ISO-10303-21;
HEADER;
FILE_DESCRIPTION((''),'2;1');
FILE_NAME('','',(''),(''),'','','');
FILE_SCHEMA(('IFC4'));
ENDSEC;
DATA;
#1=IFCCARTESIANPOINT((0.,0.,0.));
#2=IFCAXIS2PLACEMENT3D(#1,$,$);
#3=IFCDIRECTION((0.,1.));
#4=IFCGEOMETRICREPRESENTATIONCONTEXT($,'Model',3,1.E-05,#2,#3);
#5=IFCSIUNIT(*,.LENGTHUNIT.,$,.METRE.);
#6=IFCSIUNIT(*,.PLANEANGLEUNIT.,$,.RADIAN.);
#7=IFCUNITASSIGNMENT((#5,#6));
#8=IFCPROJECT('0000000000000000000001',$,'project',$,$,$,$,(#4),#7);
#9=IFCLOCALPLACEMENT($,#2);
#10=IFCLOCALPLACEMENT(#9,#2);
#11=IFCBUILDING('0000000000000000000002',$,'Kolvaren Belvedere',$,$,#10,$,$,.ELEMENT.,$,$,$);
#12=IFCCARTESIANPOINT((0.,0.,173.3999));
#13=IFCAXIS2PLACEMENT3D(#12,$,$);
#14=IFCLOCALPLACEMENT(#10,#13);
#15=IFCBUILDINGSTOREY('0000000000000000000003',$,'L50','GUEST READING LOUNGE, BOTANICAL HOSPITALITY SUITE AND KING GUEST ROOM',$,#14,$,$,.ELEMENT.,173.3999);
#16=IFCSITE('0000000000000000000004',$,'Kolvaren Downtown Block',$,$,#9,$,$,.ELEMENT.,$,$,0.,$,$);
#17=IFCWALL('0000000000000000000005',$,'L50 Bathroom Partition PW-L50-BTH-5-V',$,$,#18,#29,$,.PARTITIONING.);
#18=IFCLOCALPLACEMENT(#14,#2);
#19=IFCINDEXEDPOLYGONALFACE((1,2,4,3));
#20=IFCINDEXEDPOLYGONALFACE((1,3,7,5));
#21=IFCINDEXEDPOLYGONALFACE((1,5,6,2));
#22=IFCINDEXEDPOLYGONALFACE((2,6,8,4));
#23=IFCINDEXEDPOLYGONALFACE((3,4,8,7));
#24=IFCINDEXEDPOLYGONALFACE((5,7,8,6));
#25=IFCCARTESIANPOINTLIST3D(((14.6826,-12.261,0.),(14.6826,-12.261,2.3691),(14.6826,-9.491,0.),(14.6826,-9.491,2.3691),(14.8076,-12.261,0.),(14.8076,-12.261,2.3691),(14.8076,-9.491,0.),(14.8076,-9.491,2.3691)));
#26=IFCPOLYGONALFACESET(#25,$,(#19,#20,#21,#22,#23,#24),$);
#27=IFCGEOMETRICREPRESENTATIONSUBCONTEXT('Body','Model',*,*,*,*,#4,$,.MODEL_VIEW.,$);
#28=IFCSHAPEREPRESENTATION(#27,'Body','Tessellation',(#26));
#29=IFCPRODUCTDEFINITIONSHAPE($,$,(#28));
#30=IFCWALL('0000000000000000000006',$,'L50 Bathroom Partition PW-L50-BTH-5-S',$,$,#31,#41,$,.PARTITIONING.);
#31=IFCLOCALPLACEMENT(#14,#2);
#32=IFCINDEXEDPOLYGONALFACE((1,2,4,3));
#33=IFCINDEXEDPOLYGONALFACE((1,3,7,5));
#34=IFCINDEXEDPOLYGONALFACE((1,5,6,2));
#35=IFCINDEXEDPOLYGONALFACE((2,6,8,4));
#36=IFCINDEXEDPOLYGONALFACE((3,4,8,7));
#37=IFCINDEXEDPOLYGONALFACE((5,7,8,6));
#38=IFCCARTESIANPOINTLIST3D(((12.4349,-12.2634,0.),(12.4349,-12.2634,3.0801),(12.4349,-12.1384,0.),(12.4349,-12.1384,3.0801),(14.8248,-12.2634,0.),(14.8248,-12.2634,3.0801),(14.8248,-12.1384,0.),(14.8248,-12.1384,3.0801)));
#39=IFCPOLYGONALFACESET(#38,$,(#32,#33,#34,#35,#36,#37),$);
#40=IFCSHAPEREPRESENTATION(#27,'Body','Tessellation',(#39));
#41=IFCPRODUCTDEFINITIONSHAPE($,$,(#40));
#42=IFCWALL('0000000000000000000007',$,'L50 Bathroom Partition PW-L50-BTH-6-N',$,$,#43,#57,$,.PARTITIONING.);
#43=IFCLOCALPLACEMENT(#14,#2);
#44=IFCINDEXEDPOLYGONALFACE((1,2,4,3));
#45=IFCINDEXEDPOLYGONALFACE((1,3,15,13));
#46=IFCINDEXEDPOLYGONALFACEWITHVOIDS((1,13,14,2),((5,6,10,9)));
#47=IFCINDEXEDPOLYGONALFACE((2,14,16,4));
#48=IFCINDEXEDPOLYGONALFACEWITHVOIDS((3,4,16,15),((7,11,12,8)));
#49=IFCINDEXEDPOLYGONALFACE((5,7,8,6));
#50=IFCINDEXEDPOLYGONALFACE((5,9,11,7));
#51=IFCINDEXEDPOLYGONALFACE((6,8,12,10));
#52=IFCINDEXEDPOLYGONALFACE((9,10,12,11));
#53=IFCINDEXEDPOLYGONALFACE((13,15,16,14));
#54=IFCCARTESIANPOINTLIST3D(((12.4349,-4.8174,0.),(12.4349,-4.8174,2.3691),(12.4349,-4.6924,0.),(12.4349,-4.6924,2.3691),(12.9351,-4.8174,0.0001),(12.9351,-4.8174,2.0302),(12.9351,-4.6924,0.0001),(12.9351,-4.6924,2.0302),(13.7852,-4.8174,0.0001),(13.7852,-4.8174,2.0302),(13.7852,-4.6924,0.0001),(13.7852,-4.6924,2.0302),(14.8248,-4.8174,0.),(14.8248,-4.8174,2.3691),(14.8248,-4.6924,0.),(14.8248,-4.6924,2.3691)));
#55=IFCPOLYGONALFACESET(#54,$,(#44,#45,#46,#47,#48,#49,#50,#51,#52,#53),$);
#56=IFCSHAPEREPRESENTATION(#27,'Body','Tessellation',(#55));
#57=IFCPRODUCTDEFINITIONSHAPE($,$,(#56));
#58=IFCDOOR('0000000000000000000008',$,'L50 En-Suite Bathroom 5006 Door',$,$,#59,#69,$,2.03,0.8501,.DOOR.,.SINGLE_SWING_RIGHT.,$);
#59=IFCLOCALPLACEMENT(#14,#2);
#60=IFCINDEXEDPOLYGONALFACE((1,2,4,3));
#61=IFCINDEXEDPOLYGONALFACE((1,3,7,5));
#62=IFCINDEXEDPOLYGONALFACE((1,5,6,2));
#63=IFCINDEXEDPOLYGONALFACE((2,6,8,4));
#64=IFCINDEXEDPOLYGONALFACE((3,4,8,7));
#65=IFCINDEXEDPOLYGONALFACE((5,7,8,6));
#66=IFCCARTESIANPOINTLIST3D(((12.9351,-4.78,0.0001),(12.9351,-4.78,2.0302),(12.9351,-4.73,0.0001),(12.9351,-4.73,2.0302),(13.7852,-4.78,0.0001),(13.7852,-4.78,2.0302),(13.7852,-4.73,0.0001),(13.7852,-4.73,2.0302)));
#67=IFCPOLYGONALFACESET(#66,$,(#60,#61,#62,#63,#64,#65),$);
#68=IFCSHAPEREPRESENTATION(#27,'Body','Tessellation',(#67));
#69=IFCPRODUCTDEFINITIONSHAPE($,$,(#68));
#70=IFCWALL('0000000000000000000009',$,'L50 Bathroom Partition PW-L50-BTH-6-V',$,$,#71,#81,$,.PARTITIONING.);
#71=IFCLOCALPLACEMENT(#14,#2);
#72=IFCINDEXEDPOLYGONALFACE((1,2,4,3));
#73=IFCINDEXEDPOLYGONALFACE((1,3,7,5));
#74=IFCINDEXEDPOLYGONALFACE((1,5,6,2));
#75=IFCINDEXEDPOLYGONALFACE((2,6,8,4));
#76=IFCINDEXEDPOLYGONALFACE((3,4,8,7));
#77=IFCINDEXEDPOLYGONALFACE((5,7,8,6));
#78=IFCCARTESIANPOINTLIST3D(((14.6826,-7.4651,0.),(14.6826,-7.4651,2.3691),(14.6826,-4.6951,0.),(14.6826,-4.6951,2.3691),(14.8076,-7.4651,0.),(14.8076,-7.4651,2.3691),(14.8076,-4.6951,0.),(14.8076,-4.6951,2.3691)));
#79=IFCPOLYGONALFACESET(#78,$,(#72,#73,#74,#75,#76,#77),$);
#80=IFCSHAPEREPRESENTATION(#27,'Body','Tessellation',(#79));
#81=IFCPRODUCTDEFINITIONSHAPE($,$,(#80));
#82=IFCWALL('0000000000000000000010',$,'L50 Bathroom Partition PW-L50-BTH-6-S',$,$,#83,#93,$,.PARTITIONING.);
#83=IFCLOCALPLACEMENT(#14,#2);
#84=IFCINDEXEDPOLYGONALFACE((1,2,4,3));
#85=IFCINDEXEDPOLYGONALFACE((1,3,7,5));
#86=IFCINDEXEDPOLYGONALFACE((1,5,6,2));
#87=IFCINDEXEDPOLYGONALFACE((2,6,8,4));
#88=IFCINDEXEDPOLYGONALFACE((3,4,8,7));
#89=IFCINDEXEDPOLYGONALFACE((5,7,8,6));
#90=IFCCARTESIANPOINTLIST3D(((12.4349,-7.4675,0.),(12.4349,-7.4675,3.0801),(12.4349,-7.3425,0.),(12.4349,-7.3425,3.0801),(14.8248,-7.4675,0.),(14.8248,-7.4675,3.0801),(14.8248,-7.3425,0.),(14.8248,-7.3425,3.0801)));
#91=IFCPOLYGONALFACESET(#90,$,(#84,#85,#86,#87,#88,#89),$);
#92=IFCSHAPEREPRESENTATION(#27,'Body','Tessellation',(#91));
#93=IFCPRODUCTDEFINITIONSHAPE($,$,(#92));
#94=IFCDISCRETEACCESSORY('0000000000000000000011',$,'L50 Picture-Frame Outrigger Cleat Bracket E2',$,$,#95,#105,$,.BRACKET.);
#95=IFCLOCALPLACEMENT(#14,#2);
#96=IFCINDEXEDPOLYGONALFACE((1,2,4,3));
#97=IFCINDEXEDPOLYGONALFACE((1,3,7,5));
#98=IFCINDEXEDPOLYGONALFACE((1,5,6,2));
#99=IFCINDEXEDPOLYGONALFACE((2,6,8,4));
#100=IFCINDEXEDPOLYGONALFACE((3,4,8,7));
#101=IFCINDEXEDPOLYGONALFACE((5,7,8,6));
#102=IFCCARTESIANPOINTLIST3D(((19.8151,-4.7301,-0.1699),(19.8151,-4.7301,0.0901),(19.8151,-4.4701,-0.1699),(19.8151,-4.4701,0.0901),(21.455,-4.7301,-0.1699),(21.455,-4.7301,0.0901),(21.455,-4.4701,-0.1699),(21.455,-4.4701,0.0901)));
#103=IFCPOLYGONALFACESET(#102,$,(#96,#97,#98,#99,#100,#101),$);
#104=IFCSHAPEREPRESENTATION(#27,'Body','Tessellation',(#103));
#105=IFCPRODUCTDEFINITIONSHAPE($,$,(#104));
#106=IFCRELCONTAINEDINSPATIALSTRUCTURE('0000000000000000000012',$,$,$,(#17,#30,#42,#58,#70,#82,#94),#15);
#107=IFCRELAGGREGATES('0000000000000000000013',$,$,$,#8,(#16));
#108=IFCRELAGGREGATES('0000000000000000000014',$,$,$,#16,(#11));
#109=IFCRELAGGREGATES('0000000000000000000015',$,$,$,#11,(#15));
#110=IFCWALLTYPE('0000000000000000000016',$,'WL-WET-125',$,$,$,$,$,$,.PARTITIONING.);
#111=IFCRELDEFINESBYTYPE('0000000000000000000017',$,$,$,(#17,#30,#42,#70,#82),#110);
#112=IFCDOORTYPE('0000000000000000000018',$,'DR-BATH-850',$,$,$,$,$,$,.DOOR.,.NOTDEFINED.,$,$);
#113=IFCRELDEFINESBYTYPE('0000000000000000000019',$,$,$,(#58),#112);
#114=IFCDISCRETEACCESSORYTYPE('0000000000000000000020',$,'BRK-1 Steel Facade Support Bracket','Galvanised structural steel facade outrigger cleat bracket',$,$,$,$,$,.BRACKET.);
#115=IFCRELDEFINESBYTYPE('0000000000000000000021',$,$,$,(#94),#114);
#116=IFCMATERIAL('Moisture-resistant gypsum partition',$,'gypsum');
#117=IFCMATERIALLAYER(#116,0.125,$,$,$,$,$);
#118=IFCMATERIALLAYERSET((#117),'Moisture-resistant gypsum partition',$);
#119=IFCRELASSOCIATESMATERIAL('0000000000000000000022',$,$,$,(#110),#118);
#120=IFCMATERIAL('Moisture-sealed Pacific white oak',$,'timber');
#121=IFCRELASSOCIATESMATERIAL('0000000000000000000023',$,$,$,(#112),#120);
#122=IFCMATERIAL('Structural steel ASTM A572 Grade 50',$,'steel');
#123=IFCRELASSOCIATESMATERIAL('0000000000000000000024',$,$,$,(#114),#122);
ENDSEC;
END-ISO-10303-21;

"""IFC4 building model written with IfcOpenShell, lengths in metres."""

from ifc_helpers import new_model, si_unit, direction, frame, frame_2d, origin, origin_2d, place, context, subcontext, project, spatial, rectangle, extrude, material, layer, layer_set, type_object, element, fill, save


model = new_model("IFC4")

# Units and contexts
model_context = context("Model", 3, precision=1e-05, world=origin(), true_north=direction((0.0, 1.0)))
body_context = subcontext(model_context, "Body", "Model", "MODEL_VIEW")
ifc_project = project(units=[si_unit("LENGTHUNIT", "METRE"), si_unit("PLANEANGLEUNIT", "RADIAN")], contexts=[model_context])

# Site, building, storey
site_placement = place(None, origin())
site = spatial("IfcSite", under=ifc_project, at=site_placement, Name="Kolvaren Downtown Block", CompositionType="ELEMENT", RefElevation=0.0)
building_placement = place(site_placement, origin())
building = spatial("IfcBuilding", under=site, at=building_placement, Name="Kolvaren Belvedere", CompositionType="ELEMENT")
storey_placement = place(building_placement, frame((0.0, 0.0, 173.3999)))
storey = spatial("IfcBuildingStorey", under=building, at=storey_placement, Name="L50", Description="GUEST READING LOUNGE, BOTANICAL HOSPITALITY SUITE AND KING GUEST ROOM", CompositionType="ELEMENT", Elevation=173.3999)

# Shared definitions
ifc_material_1 = material(Name="Moisture-resistant gypsum partition", Category="gypsum")
ifc_layer_1 = layer(ifc_material_1, 0.125)
ifc_layer_set_1 = layer_set([ifc_layer_1], Name="Moisture-resistant gypsum partition")
wall_type_1 = type_object("IfcWallType", Name="WL-WET-125", PredefinedType="PARTITIONING", material=ifc_layer_set_1)
ifc_material_2 = material(Name="Moisture-sealed Pacific white oak", Category="timber")
door_type_1 = type_object("IfcDoorType", Name="DR-BATH-850", OperationType="NOTDEFINED", PredefinedType="DOOR", material=ifc_material_2)

# Walls
wall_1_placement = place(storey_placement, frame((14.7451, -12.261, 0.0), z_axis=(0.0, 0.0, 1.0), x_axis=(0.0, 1.0, 0.0)))
element("IfcWall", 1, at=wall_1_placement, inside=storey, type_object=wall_type_1, Name="L50 Bathroom Partition PW-L50-BTH-5-V", PredefinedType="PARTITIONING", context=body_context, shape_type="SweptSolid", body=[
    extrude(rectangle(XDim=2.77, YDim=0.125, at=frame_2d((1.385, 0.0))), origin(), (0.0, 0.0, 1.0), 2.3691),
])
wall_2_placement = place(storey_placement, frame((12.4351, -12.2009, 0.0), z_axis=(0.0, 0.0, 1.0), x_axis=(1.0, 0.0, 0.0)))
element("IfcWall", 2, at=wall_2_placement, inside=storey, type_object=wall_type_1, Name="L50 Bathroom Partition PW-L50-BTH-5-S", PredefinedType="PARTITIONING", context=body_context, shape_type="SweptSolid", body=[
    extrude(rectangle(XDim=2.3899, YDim=0.125, at=frame_2d((1.1948, 0.0))), origin(), (0.0, 0.0, 1.0), 3.0801),
])

# Wall, opening, door
wall_3_placement = place(storey_placement, frame((12.4351, -4.7549, 0.0), z_axis=(0.0, 0.0, 1.0), x_axis=(1.0, 0.0, 0.0)))
wall_3 = element("IfcWall", 3, at=wall_3_placement, inside=storey, type_object=wall_type_1, Name="L50 Bathroom Partition PW-L50-BTH-6-N", PredefinedType="PARTITIONING", context=body_context, shape_type="SweptSolid", body=[
    extrude(rectangle(XDim=2.3899, YDim=0.125, at=frame_2d((1.1948, 0.0))), origin(), (0.0, 0.0, 1.0), 2.3691),
])
opening_1_placement = place(wall_3_placement, frame((0.5, 0.0, 0.0)))
opening_1 = element("IfcOpeningElement", 4, at=opening_1_placement, cuts=wall_3, PredefinedType="OPENING", context=body_context, shape_type="SweptSolid", body=[
    extrude(rectangle(XDim=0.8501, YDim=2.03, at=frame_2d((0.425, 1.0151))), frame((0.0, 0.0725, 0.0), z_axis=(0.0, -1.0, 0.0), x_axis=(1.0, 0.0, 0.0)), (0.0, 0.0, 1.0), 0.145),
])
door_1_placement = place(opening_1_placement, origin())
door_1 = element("IfcDoor", 5, at=door_1_placement, inside=storey, type_object=door_type_1, Name="L50 En-Suite Bathroom 5006 Door", OperationType="SINGLE_SWING_RIGHT", OverallHeight=2.03, OverallWidth=0.8501, PredefinedType="DOOR", context=body_context, shape_type="SweptSolid", body=[
    extrude(rectangle(XDim=0.8501, YDim=2.03, at=frame_2d((0.425, 1.0151))), frame((0.0, 0.0249, 0.0), z_axis=(0.0, -1.0, 0.0), x_axis=(1.0, 0.0, 0.0)), (0.0, 0.0, 1.0), 0.05),
])
fill(opening_1, door_1)

# Walls
wall_4_placement = place(storey_placement, frame((14.7451, -7.4651, 0.0), z_axis=(0.0, 0.0, 1.0), x_axis=(0.0, 1.0, 0.0)))
element("IfcWall", 6, at=wall_4_placement, inside=storey, type_object=wall_type_1, Name="L50 Bathroom Partition PW-L50-BTH-6-V", PredefinedType="PARTITIONING", context=body_context, shape_type="SweptSolid", body=[
    extrude(rectangle(XDim=2.77, YDim=0.125, at=frame_2d((1.385, 0.0))), origin(), (0.0, 0.0, 1.0), 2.3691),
])
wall_5_placement = place(storey_placement, frame((12.4351, -7.405, 0.0), z_axis=(0.0, 0.0, 1.0), x_axis=(1.0, 0.0, 0.0)))
element("IfcWall", 7, at=wall_5_placement, inside=storey, type_object=wall_type_1, Name="L50 Bathroom Partition PW-L50-BTH-6-S", PredefinedType="PARTITIONING", context=body_context, shape_type="SweptSolid", body=[
    extrude(rectangle(XDim=2.3899, YDim=0.125, at=frame_2d((1.1948, 0.0))), origin(), (0.0, 0.0, 1.0), 3.0801),
])

# Discrete accessory
ifc_material_3 = material(Name="Structural steel ASTM A572 Grade 50", Category="steel")
discrete_accessory_type = type_object("IfcDiscreteAccessoryType", Name="BRK-1 Steel Facade Support Bracket", Description="Galvanised structural steel facade outrigger cleat bracket", PredefinedType="BRACKET", material=ifc_material_3)
discrete_accessory_placement = place(storey_placement, frame((20.635, -4.6001, -0.1699), z_axis=(0.0, 0.0, 1.0), x_axis=(1.0, 0.0, 0.0)))
element("IfcDiscreteAccessory", 8, at=discrete_accessory_placement, inside=storey, type_object=discrete_accessory_type, Name="L50 Picture-Frame Outrigger Cleat Bracket E2", PredefinedType="BRACKET", context=body_context, shape_type="SweptSolid", body=[
    extrude(rectangle(XDim=1.6399, YDim=0.26, at=origin_2d()), origin(), (0.0, 0.0, 1.0), 0.26),
])

save(model, "model.ifc")
